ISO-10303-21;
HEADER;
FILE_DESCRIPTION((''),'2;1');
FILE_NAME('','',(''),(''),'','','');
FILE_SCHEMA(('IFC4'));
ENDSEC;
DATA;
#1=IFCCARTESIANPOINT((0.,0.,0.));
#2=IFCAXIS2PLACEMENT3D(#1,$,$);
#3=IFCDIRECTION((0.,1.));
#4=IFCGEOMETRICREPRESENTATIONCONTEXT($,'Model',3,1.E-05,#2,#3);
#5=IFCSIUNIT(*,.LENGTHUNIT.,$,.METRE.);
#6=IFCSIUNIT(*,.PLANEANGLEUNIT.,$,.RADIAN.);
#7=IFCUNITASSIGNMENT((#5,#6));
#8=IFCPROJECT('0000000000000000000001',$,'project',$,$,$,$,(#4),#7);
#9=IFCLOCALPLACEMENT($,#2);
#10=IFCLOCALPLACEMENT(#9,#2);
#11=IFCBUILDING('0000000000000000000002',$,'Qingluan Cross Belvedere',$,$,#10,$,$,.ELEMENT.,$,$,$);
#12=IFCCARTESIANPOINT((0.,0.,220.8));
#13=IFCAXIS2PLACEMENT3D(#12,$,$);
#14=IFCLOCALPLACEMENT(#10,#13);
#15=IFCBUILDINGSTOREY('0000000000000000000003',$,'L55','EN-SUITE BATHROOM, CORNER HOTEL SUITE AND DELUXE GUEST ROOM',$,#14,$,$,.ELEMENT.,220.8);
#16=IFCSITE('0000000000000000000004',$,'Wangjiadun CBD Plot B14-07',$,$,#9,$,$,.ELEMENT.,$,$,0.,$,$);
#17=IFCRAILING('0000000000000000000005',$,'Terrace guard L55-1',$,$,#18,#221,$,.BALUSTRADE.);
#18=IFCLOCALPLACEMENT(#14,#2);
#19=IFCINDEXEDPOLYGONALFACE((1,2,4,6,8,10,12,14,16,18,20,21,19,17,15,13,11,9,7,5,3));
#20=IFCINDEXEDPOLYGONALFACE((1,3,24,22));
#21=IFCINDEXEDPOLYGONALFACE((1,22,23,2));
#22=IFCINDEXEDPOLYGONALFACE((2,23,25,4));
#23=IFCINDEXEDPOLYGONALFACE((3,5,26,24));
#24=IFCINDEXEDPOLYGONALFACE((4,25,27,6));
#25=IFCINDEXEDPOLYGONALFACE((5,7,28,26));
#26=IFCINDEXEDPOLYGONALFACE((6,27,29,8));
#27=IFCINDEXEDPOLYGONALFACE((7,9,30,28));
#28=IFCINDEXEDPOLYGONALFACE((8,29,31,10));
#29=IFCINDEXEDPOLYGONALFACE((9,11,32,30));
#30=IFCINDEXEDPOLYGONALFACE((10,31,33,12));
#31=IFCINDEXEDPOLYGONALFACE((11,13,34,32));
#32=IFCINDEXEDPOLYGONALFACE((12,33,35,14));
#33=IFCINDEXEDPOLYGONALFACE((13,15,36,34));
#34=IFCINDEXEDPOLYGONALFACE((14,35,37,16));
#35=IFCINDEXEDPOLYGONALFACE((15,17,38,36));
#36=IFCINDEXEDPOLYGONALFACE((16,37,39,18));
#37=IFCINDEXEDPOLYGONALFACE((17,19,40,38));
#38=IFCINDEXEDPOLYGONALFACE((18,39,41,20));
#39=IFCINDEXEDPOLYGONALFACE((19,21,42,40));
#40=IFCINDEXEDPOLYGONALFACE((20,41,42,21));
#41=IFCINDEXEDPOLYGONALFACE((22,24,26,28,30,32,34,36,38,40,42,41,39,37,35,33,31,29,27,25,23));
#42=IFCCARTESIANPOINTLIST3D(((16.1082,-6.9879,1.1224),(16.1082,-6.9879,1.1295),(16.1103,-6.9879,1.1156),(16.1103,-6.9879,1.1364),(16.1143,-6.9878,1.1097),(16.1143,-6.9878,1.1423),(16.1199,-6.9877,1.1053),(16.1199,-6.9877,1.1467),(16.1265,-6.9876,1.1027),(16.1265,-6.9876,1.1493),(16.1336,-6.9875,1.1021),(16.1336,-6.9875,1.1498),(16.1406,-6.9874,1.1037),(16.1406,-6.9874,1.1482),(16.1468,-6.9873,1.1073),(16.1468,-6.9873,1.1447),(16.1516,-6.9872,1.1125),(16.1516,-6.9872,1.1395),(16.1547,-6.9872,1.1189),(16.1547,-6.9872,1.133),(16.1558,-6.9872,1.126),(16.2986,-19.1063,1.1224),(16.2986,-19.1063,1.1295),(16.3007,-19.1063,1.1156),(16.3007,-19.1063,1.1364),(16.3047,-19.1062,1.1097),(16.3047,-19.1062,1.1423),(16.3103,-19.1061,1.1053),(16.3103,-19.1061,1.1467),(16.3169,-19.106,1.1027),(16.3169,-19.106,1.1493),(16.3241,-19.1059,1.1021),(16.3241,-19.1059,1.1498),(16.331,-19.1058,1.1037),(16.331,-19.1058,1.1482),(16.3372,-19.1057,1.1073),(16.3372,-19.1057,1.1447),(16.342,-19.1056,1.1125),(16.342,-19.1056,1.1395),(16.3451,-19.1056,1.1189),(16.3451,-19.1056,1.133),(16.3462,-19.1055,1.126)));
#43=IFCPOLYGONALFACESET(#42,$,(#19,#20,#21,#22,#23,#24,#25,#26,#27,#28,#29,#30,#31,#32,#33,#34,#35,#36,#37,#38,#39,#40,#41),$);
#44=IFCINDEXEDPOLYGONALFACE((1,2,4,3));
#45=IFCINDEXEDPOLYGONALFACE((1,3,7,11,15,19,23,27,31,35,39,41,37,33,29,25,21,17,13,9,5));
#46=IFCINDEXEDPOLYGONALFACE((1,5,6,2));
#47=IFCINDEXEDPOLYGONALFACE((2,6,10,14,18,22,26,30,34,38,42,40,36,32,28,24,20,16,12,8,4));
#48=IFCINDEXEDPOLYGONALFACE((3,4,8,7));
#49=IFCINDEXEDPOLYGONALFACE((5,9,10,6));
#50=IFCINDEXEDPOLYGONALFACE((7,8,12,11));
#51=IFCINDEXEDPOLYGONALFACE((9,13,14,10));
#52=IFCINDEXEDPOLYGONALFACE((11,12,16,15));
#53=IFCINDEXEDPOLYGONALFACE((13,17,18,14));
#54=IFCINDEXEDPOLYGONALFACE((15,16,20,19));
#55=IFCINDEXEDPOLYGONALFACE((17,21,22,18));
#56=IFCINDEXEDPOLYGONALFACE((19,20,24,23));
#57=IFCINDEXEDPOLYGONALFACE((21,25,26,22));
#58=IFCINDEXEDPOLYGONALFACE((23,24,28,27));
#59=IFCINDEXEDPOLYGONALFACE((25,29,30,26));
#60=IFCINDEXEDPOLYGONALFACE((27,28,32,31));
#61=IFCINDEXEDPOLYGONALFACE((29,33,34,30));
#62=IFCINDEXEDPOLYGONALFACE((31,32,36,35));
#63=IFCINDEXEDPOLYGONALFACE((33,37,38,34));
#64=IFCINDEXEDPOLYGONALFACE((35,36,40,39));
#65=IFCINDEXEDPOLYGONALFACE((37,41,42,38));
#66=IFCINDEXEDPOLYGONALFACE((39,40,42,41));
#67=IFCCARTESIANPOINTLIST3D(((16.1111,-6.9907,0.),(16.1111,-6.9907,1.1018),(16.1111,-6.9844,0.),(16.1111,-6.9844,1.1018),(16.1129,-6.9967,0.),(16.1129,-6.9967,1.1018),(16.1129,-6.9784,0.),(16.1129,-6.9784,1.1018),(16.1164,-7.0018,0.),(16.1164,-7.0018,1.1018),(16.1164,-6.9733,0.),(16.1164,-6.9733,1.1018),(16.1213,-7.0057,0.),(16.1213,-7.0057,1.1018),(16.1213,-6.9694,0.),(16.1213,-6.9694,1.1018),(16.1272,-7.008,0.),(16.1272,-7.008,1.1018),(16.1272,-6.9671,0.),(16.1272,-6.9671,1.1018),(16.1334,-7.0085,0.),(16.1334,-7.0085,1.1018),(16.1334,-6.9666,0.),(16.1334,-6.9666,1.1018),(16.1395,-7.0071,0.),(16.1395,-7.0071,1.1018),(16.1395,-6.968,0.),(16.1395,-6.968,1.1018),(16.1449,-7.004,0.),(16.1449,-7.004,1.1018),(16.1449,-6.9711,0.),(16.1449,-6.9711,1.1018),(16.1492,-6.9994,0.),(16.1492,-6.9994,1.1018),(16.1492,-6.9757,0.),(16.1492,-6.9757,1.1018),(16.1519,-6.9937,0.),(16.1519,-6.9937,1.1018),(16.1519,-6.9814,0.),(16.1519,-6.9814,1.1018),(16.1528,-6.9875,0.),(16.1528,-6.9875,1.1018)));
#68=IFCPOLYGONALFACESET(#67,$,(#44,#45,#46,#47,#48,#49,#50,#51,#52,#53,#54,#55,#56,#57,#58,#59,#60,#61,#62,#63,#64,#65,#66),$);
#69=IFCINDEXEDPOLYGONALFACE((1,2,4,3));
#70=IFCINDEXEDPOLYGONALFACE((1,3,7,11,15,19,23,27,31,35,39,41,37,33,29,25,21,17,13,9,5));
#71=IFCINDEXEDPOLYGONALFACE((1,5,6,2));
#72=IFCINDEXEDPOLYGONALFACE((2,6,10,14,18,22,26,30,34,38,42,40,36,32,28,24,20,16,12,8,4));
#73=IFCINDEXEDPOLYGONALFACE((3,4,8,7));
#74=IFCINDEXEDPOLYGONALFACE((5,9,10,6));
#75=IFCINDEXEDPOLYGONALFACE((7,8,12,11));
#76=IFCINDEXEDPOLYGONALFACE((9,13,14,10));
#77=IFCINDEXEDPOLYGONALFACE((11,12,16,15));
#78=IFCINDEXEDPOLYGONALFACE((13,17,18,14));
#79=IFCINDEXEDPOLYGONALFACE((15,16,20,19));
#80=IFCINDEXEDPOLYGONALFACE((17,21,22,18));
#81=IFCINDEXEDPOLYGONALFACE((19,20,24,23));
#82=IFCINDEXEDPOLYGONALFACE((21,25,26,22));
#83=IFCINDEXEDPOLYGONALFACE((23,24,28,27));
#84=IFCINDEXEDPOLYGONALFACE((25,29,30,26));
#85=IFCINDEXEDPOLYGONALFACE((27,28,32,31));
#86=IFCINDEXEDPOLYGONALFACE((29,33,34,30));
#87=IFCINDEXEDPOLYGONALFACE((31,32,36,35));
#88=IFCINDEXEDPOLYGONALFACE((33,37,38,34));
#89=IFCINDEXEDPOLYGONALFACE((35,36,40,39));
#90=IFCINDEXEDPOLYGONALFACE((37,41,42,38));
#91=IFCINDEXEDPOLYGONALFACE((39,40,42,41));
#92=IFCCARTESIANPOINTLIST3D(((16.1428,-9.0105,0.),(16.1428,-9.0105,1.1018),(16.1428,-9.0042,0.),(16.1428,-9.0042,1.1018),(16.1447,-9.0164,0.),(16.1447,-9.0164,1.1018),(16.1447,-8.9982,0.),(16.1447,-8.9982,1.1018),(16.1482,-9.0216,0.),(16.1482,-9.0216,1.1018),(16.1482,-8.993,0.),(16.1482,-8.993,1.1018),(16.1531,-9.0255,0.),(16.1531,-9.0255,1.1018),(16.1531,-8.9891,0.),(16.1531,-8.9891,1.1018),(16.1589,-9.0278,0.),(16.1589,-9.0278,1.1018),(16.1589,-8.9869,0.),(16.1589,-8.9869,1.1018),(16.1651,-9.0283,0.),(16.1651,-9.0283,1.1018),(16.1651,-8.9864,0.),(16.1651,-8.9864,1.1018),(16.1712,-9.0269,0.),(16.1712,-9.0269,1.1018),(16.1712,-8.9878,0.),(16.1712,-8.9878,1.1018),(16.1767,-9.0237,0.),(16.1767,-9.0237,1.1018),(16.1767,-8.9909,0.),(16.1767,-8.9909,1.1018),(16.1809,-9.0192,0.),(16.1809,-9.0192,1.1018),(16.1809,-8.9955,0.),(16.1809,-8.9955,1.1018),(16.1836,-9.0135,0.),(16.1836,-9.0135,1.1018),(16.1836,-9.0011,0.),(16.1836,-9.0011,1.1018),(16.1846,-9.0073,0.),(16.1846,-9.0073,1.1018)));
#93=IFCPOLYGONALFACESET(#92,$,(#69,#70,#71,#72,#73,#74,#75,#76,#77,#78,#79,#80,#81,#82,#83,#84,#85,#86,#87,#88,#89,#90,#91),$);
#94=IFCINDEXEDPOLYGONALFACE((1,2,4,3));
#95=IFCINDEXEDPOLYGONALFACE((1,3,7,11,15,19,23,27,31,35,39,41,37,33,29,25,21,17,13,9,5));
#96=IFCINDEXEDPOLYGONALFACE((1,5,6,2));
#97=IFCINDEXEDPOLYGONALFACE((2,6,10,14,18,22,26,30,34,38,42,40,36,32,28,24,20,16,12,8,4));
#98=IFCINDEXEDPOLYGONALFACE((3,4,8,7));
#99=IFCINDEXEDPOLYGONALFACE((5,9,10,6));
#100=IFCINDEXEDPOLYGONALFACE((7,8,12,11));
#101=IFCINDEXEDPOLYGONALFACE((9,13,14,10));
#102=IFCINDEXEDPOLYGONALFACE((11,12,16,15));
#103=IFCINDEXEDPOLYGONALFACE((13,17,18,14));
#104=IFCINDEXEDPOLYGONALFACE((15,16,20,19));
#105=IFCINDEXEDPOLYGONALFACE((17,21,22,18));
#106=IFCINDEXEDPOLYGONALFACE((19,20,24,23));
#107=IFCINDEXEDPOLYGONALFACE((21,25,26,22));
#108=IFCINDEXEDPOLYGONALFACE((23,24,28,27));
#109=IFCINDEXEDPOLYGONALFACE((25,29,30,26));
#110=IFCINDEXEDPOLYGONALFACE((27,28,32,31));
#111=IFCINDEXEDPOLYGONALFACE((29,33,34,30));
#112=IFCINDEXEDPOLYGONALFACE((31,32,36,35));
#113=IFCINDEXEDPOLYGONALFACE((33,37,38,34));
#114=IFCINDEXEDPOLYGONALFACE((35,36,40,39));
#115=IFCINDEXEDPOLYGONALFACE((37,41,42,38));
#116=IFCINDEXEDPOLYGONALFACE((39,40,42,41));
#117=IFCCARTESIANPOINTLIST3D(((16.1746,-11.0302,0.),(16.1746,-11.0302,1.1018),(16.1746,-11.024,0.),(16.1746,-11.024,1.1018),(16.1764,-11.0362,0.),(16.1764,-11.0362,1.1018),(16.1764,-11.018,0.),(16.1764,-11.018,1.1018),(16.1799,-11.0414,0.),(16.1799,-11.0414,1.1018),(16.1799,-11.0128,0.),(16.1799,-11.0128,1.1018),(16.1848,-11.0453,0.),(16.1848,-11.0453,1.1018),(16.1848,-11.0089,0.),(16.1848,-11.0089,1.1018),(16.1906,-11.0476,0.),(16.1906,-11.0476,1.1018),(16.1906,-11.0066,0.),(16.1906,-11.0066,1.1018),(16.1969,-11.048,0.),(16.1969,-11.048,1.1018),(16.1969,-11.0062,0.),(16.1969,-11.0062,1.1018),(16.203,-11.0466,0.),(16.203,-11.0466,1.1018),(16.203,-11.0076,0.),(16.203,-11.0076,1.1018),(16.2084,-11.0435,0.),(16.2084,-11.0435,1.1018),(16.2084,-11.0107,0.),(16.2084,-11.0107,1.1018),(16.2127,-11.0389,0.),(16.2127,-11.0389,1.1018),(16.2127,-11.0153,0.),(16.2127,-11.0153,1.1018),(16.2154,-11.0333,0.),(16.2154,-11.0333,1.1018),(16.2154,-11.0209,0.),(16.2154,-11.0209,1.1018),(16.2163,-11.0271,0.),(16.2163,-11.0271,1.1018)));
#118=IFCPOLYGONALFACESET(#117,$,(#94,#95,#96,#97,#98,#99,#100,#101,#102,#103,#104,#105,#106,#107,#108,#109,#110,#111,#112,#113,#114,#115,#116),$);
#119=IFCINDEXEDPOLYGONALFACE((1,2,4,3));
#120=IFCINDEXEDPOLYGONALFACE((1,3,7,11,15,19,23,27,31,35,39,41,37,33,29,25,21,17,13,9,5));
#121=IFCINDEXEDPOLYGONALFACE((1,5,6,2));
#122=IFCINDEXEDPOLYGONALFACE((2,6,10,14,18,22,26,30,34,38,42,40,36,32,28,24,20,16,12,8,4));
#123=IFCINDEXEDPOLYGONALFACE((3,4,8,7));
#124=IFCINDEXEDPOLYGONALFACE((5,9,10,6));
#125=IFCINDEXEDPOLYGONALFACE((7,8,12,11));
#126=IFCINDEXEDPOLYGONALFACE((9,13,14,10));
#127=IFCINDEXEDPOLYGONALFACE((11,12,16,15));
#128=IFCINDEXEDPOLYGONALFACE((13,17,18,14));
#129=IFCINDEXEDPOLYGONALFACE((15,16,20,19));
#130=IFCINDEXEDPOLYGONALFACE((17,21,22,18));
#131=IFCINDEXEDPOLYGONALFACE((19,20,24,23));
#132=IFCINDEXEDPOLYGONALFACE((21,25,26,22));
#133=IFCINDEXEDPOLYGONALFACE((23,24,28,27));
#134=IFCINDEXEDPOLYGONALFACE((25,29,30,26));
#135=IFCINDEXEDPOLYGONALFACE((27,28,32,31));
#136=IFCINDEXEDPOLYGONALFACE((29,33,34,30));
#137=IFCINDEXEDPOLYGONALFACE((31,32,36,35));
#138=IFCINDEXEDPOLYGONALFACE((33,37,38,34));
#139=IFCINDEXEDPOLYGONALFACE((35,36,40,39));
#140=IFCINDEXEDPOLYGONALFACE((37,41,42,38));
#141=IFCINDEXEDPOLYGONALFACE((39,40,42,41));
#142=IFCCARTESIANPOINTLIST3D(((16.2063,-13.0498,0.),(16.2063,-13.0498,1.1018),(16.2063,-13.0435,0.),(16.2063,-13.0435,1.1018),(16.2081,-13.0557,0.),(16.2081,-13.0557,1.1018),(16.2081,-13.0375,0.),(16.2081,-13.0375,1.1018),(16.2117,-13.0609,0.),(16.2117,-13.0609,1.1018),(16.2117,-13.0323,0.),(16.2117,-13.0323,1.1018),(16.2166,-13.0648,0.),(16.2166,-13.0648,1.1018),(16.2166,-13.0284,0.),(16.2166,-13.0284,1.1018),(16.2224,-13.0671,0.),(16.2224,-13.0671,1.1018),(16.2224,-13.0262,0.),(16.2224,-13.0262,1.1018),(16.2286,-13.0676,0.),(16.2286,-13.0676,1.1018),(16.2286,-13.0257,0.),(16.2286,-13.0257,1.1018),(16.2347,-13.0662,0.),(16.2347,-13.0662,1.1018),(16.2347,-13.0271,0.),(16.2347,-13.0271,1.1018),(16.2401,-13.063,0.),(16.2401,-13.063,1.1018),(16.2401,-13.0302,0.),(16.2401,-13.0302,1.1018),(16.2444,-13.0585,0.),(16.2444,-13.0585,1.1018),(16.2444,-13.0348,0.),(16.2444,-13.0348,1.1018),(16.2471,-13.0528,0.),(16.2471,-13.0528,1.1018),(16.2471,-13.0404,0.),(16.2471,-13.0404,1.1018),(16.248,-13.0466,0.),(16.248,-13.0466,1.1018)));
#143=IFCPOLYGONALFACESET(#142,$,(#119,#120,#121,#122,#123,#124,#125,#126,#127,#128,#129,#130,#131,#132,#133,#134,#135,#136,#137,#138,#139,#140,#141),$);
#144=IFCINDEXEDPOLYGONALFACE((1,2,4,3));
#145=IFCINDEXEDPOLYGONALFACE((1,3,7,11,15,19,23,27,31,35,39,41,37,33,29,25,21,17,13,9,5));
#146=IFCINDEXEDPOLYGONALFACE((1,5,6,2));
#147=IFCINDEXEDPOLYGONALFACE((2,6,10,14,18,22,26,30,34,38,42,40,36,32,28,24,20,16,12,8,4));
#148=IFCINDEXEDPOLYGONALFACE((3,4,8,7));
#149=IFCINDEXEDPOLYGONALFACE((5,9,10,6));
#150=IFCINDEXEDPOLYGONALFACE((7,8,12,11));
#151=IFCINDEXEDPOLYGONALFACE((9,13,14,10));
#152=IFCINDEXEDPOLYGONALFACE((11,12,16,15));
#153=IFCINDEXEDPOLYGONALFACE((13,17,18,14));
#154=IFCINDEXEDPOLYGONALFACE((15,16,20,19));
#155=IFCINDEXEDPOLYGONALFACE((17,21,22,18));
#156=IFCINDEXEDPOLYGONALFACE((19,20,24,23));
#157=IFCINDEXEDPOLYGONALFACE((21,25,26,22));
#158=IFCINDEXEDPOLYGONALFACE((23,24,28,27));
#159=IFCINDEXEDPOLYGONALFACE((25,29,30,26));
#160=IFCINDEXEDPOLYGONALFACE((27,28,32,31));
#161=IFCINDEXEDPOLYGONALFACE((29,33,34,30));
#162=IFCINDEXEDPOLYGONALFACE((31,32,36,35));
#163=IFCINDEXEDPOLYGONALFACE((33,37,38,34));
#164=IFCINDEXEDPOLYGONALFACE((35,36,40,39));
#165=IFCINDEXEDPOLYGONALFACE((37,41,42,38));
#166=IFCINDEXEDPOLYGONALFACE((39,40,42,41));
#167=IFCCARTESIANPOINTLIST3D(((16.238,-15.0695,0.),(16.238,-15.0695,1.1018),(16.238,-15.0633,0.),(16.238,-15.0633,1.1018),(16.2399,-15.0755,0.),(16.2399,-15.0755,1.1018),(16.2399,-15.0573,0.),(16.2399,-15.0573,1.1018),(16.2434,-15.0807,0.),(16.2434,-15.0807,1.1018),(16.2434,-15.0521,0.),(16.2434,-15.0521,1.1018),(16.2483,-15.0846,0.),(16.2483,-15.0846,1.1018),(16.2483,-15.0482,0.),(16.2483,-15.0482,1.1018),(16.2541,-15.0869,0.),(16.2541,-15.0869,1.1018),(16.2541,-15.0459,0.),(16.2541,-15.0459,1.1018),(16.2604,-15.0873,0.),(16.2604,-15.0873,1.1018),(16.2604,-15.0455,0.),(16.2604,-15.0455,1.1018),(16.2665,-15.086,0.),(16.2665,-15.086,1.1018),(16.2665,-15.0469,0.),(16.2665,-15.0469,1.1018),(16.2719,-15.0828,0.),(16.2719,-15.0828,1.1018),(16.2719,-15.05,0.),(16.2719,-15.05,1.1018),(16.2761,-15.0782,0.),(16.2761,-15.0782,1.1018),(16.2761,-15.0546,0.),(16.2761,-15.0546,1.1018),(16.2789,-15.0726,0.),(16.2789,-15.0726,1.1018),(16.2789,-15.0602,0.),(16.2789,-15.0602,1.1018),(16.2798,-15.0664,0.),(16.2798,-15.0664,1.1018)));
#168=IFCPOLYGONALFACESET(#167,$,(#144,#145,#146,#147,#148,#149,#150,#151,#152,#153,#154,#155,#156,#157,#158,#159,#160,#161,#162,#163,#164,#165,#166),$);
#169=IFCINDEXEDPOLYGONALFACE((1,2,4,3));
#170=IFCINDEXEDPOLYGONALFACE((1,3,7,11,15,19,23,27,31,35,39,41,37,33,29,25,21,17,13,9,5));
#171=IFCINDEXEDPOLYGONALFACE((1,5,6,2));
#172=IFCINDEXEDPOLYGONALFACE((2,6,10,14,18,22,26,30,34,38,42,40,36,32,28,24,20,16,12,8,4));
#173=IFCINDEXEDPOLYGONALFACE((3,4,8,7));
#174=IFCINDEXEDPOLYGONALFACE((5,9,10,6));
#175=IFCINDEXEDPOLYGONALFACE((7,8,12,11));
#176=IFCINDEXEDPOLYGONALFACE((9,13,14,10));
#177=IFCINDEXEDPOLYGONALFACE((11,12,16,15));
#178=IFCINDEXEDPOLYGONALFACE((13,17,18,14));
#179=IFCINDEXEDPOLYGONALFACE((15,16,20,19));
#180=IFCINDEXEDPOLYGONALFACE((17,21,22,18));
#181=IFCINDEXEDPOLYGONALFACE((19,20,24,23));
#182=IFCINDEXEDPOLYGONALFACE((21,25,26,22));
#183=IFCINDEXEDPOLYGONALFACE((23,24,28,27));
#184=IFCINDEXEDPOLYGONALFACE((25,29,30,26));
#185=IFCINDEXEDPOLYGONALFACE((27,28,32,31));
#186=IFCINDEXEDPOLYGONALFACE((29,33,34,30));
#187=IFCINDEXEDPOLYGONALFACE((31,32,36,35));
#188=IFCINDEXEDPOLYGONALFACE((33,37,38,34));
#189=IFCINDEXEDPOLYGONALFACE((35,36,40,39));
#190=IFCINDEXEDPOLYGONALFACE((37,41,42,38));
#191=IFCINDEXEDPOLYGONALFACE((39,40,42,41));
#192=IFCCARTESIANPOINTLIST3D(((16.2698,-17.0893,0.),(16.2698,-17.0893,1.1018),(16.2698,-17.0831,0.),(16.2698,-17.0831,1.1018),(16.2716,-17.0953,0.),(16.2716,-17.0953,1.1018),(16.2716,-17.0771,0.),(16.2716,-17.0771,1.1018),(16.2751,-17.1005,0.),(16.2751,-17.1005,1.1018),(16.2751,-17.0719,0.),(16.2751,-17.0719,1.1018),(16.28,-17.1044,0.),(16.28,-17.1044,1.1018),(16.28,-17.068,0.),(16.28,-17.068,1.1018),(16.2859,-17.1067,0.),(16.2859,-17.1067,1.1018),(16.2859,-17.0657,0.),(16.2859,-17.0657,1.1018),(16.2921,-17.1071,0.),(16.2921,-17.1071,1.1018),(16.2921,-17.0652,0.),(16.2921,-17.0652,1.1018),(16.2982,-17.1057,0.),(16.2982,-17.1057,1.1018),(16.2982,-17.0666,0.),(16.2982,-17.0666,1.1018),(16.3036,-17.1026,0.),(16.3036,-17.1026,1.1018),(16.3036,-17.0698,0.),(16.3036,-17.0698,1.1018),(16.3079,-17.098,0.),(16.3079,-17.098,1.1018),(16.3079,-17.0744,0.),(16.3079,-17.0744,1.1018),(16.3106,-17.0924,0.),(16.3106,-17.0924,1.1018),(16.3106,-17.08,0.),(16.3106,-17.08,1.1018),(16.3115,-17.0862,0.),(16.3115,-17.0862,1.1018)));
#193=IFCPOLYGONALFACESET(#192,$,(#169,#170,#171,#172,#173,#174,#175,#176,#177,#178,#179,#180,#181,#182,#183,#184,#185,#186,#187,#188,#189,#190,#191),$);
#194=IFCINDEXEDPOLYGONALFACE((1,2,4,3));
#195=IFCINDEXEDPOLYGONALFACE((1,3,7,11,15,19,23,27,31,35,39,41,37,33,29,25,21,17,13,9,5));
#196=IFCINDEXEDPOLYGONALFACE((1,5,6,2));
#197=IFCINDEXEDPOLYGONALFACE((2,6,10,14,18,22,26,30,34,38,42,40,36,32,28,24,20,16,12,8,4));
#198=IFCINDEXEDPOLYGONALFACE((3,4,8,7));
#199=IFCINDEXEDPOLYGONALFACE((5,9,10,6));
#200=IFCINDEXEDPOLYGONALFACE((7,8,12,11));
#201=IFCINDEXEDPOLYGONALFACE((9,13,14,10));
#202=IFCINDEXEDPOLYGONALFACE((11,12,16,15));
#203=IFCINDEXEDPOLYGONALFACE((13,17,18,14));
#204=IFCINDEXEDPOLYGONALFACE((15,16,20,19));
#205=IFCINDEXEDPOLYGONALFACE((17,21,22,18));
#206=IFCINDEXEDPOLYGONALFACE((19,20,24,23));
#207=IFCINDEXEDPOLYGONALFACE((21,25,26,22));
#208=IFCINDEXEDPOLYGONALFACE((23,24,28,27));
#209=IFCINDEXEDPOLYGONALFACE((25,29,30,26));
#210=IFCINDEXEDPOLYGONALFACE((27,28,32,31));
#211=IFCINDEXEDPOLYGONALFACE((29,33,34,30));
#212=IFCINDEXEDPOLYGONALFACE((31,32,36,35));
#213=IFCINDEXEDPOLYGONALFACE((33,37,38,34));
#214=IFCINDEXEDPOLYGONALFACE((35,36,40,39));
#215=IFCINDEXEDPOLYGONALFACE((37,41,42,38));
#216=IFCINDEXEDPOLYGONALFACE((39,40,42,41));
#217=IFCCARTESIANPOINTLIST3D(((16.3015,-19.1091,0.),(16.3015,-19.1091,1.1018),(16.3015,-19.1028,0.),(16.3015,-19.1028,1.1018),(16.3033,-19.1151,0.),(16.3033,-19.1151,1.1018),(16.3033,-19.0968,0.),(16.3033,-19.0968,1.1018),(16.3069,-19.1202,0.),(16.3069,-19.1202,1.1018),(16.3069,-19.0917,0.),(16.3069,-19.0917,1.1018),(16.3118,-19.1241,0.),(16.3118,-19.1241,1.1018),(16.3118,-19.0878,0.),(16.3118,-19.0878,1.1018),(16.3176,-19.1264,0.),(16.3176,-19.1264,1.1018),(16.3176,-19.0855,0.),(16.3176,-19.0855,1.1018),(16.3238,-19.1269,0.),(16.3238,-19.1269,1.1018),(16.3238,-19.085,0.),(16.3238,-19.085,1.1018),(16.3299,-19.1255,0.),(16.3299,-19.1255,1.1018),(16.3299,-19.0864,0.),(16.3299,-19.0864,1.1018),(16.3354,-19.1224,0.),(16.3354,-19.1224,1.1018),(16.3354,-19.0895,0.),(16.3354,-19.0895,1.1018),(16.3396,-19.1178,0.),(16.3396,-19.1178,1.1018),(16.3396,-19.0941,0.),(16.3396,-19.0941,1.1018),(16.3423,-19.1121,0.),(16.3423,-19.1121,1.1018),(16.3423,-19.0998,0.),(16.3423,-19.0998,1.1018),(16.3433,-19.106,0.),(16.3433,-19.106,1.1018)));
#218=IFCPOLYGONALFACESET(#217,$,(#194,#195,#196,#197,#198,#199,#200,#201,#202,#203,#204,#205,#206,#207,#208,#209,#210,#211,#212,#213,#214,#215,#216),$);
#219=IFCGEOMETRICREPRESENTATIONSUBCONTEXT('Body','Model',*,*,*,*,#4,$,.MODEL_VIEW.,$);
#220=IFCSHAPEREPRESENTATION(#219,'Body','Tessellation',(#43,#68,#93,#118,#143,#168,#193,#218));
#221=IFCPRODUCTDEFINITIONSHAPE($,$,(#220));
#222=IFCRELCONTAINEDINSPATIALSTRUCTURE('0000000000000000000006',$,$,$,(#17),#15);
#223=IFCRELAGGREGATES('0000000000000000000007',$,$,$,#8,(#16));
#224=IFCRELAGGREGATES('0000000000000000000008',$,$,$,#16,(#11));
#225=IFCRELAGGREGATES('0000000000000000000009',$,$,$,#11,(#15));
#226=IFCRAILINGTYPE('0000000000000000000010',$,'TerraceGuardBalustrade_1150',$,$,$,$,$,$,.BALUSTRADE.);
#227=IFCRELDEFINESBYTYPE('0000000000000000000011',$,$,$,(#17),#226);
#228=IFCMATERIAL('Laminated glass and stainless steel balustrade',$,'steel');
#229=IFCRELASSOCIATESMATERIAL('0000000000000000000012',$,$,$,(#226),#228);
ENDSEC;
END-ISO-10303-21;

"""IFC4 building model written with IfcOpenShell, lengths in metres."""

from ifc_helpers import new_model, si_unit, direction, frame, origin, origin_2d, place, context, subcontext, project, spatial, circle, extrude, material, type_object, element, save


model = new_model("IFC4")

# Units and contexts
model_context = context("Model", 3, precision=1e-05, world=origin(), true_north=direction((0.0, 1.0)))
body_context = subcontext(model_context, "Body", "Model", "MODEL_VIEW")
ifc_project = project(units=[si_unit("LENGTHUNIT", "METRE"), si_unit("PLANEANGLEUNIT", "RADIAN")], contexts=[model_context])

# Site, building, storey
site_placement = place(None, origin())
site = spatial("IfcSite", under=ifc_project, at=site_placement, Name="Wangjiadun CBD Plot B14-07", CompositionType="ELEMENT", RefElevation=0.0)
building_placement = place(site_placement, origin())
building = spatial("IfcBuilding", under=site, at=building_placement, Name="Qingluan Cross Belvedere", CompositionType="ELEMENT")
storey_placement = place(building_placement, frame((0.0, 0.0, 220.8)))
storey = spatial("IfcBuildingStorey", under=building, at=storey_placement, Name="L55", Description="EN-SUITE BATHROOM, CORNER HOTEL SUITE AND DELUXE GUEST ROOM", CompositionType="ELEMENT", Elevation=220.8)

# Railing
ifc_material_1 = material(Name="Laminated glass and stainless steel balustrade", Category="steel")
railing_type = type_object("IfcRailingType", Name="TerraceGuardBalustrade_1150", PredefinedType="BALUSTRADE", material=ifc_material_1)
railing_1_placement = place(storey_placement, frame((16.1318, -6.9875, 0.0)))
element("IfcRailing", 1, at=railing_1_placement, inside=storey, type_object=railing_type, Name="Terrace guard L55-1", PredefinedType="BALUSTRADE", context=body_context, shape_type="SweptSolid", body=[
    extrude(circle(Radius=0.0239, at=origin_2d()), frame((0.0, 0.0, 1.126), z_axis=(0.015712, -0.999877, 0.0), x_axis=(0.999877, 0.015712, 0.0)), (0.0, 0.0, 1.0), 12.1199),
    extrude(circle(Radius=0.021, at=origin_2d()), origin(), (0.0, 0.0, 1.0), 1.1018),
    extrude(circle(Radius=0.021, at=origin_2d()), frame((0.0317, -2.0198, 0.0)), (0.0, 0.0, 1.0), 1.1018),
    extrude(circle(Radius=0.021, at=origin_2d()), frame((0.0635, -4.0396, 0.0)), (0.0, 0.0, 1.0), 1.1018),
    extrude(circle(Radius=0.021, at=origin_2d()), frame((0.0952, -6.0591, 0.0)), (0.0, 0.0, 1.0), 1.1018),
    extrude(circle(Radius=0.021, at=origin_2d()), frame((0.127, -8.0789, 0.0)), (0.0, 0.0, 1.0), 1.1018),
    extrude(circle(Radius=0.021, at=origin_2d()), frame((0.1587, -10.0986, 0.0)), (0.0, 0.0, 1.0), 1.1018),
    extrude(circle(Radius=0.021, at=origin_2d()), frame((0.1904, -12.1184, 0.0)), (0.0, 0.0, 1.0), 1.1018),
])

save(model, "model.ifc")
